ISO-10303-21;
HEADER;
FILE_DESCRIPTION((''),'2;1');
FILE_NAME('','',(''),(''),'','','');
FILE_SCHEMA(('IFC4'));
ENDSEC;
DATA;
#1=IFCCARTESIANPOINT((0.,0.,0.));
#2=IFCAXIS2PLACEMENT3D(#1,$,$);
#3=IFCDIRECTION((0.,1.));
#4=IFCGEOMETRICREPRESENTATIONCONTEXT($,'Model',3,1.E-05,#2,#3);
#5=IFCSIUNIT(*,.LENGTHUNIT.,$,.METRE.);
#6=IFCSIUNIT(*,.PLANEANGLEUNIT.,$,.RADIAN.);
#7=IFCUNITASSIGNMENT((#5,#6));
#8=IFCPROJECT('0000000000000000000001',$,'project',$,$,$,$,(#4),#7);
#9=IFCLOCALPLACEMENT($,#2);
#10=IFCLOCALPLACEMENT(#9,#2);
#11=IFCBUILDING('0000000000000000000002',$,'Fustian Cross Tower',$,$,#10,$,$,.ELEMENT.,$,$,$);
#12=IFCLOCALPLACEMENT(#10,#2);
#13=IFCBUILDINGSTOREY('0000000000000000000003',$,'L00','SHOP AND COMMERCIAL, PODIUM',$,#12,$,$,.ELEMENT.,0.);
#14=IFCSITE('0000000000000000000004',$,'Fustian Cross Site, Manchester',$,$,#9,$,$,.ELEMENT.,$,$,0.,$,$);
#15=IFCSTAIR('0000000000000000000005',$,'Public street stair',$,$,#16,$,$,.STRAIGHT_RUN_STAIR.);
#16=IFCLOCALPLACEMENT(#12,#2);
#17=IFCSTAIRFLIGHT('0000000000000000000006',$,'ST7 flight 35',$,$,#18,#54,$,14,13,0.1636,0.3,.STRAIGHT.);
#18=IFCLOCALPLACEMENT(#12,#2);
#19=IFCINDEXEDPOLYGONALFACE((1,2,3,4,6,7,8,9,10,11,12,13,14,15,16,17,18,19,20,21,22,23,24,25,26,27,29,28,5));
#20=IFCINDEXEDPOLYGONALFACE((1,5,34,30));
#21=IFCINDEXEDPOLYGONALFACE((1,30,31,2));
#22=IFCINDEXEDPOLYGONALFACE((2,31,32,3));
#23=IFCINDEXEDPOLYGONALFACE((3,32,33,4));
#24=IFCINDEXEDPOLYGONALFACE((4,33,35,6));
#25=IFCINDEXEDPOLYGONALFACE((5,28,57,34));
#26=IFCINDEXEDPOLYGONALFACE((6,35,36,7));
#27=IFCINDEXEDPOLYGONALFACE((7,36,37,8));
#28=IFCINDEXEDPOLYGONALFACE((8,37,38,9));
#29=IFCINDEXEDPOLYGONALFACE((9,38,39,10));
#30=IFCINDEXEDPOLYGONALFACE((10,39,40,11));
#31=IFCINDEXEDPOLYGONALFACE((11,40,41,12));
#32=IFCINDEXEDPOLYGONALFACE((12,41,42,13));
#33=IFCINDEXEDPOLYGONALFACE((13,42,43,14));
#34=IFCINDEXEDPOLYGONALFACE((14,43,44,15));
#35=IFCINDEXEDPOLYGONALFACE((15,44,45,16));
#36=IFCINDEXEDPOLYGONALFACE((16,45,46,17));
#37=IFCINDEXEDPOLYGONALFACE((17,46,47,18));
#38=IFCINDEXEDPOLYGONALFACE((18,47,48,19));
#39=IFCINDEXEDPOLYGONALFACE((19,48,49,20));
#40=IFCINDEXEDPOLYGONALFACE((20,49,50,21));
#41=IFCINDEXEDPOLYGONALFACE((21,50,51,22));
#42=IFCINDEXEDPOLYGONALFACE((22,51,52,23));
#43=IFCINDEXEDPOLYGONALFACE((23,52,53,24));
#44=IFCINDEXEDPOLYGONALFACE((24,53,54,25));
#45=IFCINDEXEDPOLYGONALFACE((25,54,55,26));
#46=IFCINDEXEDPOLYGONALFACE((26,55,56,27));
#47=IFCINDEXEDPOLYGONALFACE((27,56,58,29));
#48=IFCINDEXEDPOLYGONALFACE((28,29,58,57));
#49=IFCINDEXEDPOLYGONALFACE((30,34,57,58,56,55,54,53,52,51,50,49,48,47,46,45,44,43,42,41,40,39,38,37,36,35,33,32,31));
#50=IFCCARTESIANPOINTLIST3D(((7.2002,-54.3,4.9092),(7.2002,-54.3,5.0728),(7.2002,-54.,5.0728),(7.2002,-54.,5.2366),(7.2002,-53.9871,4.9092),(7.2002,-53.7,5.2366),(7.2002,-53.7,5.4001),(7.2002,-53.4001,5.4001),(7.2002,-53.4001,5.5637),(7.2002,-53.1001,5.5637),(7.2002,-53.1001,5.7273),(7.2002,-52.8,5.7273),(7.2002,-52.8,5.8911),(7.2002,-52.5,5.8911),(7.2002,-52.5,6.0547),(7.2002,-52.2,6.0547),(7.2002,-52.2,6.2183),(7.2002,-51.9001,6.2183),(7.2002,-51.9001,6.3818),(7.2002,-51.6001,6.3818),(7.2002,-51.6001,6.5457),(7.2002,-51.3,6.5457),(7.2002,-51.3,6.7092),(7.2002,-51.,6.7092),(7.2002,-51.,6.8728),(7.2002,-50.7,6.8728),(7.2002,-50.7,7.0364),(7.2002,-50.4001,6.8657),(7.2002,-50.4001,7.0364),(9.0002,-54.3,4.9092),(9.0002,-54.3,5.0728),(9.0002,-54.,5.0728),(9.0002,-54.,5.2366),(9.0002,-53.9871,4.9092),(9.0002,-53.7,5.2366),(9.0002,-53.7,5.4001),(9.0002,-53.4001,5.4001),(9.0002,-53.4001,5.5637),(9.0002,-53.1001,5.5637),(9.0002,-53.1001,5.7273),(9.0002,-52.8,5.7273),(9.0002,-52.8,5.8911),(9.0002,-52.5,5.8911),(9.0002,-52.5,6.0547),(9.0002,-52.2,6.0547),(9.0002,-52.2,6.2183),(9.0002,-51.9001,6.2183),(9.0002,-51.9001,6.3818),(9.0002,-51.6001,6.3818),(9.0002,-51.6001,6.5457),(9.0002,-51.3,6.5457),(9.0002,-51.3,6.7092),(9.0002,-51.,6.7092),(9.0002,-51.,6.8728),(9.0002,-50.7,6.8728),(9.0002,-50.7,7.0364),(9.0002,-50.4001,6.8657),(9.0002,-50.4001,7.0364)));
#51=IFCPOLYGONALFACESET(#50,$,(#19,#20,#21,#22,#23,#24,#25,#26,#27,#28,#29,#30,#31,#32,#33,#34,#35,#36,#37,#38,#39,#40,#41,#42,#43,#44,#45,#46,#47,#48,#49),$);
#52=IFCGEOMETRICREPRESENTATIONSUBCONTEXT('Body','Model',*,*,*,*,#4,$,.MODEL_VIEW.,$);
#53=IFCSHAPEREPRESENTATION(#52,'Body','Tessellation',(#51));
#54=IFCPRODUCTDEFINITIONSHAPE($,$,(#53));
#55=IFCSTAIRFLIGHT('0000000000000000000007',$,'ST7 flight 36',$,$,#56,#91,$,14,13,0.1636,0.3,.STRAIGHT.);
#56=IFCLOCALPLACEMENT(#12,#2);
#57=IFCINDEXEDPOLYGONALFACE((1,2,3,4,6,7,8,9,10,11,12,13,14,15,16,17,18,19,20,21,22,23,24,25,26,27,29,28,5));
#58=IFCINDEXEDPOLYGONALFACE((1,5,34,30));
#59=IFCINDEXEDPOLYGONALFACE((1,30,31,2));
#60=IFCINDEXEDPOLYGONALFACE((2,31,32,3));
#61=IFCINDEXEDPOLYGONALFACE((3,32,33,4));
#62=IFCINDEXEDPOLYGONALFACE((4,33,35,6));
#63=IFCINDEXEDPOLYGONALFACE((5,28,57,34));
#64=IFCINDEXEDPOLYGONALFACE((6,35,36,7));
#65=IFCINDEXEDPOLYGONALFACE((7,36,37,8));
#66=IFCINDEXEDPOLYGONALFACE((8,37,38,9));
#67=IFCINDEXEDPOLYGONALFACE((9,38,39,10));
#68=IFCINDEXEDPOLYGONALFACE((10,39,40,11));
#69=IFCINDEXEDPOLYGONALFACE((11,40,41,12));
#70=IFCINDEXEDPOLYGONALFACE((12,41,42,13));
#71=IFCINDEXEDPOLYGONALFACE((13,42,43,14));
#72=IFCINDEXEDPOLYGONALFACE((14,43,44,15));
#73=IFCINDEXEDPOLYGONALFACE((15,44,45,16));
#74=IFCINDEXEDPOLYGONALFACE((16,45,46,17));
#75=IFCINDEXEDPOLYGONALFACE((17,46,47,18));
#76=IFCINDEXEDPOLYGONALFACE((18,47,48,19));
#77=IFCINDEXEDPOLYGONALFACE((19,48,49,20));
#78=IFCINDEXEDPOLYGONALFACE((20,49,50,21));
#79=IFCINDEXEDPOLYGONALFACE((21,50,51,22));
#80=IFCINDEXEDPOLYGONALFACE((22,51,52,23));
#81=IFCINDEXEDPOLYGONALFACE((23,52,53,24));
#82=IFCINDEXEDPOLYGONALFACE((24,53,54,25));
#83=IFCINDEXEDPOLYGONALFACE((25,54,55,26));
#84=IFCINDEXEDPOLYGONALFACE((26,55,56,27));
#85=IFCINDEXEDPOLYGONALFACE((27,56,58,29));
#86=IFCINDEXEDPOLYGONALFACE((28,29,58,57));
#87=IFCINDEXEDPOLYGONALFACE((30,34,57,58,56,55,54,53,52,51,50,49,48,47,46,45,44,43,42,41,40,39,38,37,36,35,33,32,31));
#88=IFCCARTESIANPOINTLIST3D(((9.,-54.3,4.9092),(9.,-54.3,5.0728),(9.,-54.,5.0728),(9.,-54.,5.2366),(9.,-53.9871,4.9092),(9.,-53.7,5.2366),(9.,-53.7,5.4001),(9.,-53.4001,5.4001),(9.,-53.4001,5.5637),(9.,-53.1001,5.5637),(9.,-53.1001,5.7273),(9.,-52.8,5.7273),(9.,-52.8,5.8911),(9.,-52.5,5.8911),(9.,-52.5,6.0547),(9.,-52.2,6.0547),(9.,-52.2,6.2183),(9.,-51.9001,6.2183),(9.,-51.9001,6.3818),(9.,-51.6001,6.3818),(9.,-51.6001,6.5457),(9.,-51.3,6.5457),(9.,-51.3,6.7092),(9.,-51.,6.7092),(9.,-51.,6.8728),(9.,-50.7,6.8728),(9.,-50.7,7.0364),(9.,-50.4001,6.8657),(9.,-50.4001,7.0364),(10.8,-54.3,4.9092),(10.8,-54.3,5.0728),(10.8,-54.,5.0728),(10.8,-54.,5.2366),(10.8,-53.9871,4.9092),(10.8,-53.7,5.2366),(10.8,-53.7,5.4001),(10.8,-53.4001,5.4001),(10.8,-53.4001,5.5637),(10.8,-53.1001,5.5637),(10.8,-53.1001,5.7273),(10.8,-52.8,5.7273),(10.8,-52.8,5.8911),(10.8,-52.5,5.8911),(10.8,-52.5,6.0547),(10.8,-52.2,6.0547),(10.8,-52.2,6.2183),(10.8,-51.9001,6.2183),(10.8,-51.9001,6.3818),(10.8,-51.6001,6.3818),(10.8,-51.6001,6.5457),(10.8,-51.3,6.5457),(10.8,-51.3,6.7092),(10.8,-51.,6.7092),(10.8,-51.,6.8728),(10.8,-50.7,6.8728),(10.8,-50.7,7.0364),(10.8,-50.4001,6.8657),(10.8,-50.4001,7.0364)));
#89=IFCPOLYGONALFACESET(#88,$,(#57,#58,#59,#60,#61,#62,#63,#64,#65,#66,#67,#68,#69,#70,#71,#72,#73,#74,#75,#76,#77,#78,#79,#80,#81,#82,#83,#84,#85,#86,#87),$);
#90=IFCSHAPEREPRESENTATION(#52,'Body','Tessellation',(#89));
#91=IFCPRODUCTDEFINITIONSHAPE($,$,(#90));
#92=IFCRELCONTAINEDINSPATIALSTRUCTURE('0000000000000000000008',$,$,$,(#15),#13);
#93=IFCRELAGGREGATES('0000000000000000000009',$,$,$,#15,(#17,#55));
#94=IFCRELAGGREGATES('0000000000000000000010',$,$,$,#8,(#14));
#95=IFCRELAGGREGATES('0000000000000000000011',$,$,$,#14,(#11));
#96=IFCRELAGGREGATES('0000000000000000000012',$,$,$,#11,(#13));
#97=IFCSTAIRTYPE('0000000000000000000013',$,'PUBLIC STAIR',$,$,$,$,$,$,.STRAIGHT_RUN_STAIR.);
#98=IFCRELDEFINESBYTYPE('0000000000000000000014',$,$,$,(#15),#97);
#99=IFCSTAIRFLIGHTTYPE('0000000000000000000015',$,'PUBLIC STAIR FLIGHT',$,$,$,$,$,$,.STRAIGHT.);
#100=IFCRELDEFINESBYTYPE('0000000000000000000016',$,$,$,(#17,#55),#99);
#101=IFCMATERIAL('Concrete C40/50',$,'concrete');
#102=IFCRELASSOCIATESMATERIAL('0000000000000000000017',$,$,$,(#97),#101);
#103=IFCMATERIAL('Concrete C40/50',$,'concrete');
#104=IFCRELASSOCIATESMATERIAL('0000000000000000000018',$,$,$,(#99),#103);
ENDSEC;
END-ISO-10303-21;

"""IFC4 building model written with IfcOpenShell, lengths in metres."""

from ifc_helpers import new_model, si_unit, direction, frame, origin, place, context, subcontext, project, spatial, polyline, outline, extrude, material, type_object, element, aggregate, save


model = new_model("IFC4")

# Units and contexts
model_context = context("Model", 3, precision=1e-05, world=origin(), true_north=direction((0.0, 1.0)))
body_context = subcontext(model_context, "Body", "Model", "MODEL_VIEW")
ifc_project = project(units=[si_unit("LENGTHUNIT", "METRE"), si_unit("PLANEANGLEUNIT", "RADIAN")], contexts=[model_context])

# Site, building, storey
site_placement = place(None, origin())
site = spatial("IfcSite", under=ifc_project, at=site_placement, Name="Fustian Cross Site, Manchester", CompositionType="ELEMENT", RefElevation=0.0)
building_placement = place(site_placement, origin())
building = spatial("IfcBuilding", under=site, at=building_placement, Name="Fustian Cross Tower", CompositionType="ELEMENT")
storey_placement = place(building_placement, origin())
storey = spatial("IfcBuildingStorey", under=building, at=storey_placement, Name="L00", Description="SHOP AND COMMERCIAL, PODIUM", CompositionType="ELEMENT", Elevation=0.0)

# Stair, stair flights
ifc_material_1 = material(Name="Concrete C40/50", Category="concrete")
stair_type = type_object("IfcStairType", Name="PUBLIC STAIR", PredefinedType="STRAIGHT_RUN_STAIR", material=ifc_material_1)
stair_placement = place(storey_placement, origin())
stair = element("IfcStair", 1, at=stair_placement, inside=storey, type_object=stair_type, Name="Public street stair", PredefinedType="STRAIGHT_RUN_STAIR")
ifc_material_2 = material(Name="Concrete C40/50", Category="concrete")
stair_flight_type = type_object("IfcStairFlightType", Name="PUBLIC STAIR FLIGHT", PredefinedType="STRAIGHT", material=ifc_material_2)
stair_flight_1_placement = place(storey_placement, frame((8.1001, -54.3, 4.9092), z_axis=(0.0, 0.0, 1.0), x_axis=(0.0, 1.0, 0.0)))
stair_flight_1 = element("IfcStairFlight", 2, at=stair_flight_1_placement, type_object=stair_flight_type, Name="ST7 flight 35", NumberOfRisers=14, NumberOfTreads=13, PredefinedType="STRAIGHT", RiserHeight=0.1636, TreadLength=0.3, context=body_context, shape_type="SweptSolid", body=[
    extrude(outline(polyline([(0.0, 0.0), (0.0, 0.1636), (0.3, 0.1636), (0.3, 0.3274), (0.6001, 0.3274), (0.6001, 0.491), (0.8999, 0.491), (0.8999, 0.6545), (1.2, 0.6545), (1.2, 0.8181), (1.5, 0.8181), (1.5, 0.9819), (1.8, 0.9819), (1.8, 1.1455), (2.1001, 1.1455), (2.1001, 1.3091), (2.3999, 1.3091), (2.3999, 1.4727), (2.7, 1.4727), (2.7, 1.6365), (3.0, 1.6365), (3.0, 1.8), (3.3, 1.8), (3.3, 1.9636), (3.6001, 1.9636), (3.6001, 2.1272), (3.8999, 2.1272), (3.8999, 2.291), (3.8999, 1.9565), (0.313, 0.0), (0.0, 0.0)])), frame((0.0, 0.8999, 0.0), z_axis=(0.0, -1.0, 0.0), x_axis=(1.0, 0.0, 0.0)), (0.0, 0.0, 1.0), 1.8),
])
stair_flight_2_placement = place(storey_placement, frame((9.8999, -54.3, 4.9092), z_axis=(0.0, 0.0, 1.0), x_axis=(0.0, 1.0, 0.0)))
stair_flight_2 = element("IfcStairFlight", 3, at=stair_flight_2_placement, type_object=stair_flight_type, Name="ST7 flight 36", NumberOfRisers=14, NumberOfTreads=13, PredefinedType="STRAIGHT", RiserHeight=0.1636, TreadLength=0.3, context=body_context, shape_type="SweptSolid", body=[
    extrude(outline(polyline([(0.0, 0.0), (0.0, 0.1636), (0.3, 0.1636), (0.3, 0.3274), (0.6001, 0.3274), (0.6001, 0.491), (0.8999, 0.491), (0.8999, 0.6545), (1.2, 0.6545), (1.2, 0.8181), (1.5, 0.8181), (1.5, 0.9819), (1.8, 0.9819), (1.8, 1.1455), (2.1001, 1.1455), (2.1001, 1.3091), (2.3999, 1.3091), (2.3999, 1.4727), (2.7, 1.4727), (2.7, 1.6365), (3.0, 1.6365), (3.0, 1.8), (3.3, 1.8), (3.3, 1.9636), (3.6001, 1.9636), (3.6001, 2.1272), (3.8999, 2.1272), (3.8999, 2.291), (3.8999, 1.9565), (0.313, 0.0), (0.0, 0.0)])), frame((0.0, 0.8999, 0.0), z_axis=(0.0, -1.0, 0.0), x_axis=(1.0, 0.0, 0.0)), (0.0, 0.0, 1.0), 1.8),
])
aggregate(stair, [stair_flight_1, stair_flight_2])

save(model, "model.ifc")
